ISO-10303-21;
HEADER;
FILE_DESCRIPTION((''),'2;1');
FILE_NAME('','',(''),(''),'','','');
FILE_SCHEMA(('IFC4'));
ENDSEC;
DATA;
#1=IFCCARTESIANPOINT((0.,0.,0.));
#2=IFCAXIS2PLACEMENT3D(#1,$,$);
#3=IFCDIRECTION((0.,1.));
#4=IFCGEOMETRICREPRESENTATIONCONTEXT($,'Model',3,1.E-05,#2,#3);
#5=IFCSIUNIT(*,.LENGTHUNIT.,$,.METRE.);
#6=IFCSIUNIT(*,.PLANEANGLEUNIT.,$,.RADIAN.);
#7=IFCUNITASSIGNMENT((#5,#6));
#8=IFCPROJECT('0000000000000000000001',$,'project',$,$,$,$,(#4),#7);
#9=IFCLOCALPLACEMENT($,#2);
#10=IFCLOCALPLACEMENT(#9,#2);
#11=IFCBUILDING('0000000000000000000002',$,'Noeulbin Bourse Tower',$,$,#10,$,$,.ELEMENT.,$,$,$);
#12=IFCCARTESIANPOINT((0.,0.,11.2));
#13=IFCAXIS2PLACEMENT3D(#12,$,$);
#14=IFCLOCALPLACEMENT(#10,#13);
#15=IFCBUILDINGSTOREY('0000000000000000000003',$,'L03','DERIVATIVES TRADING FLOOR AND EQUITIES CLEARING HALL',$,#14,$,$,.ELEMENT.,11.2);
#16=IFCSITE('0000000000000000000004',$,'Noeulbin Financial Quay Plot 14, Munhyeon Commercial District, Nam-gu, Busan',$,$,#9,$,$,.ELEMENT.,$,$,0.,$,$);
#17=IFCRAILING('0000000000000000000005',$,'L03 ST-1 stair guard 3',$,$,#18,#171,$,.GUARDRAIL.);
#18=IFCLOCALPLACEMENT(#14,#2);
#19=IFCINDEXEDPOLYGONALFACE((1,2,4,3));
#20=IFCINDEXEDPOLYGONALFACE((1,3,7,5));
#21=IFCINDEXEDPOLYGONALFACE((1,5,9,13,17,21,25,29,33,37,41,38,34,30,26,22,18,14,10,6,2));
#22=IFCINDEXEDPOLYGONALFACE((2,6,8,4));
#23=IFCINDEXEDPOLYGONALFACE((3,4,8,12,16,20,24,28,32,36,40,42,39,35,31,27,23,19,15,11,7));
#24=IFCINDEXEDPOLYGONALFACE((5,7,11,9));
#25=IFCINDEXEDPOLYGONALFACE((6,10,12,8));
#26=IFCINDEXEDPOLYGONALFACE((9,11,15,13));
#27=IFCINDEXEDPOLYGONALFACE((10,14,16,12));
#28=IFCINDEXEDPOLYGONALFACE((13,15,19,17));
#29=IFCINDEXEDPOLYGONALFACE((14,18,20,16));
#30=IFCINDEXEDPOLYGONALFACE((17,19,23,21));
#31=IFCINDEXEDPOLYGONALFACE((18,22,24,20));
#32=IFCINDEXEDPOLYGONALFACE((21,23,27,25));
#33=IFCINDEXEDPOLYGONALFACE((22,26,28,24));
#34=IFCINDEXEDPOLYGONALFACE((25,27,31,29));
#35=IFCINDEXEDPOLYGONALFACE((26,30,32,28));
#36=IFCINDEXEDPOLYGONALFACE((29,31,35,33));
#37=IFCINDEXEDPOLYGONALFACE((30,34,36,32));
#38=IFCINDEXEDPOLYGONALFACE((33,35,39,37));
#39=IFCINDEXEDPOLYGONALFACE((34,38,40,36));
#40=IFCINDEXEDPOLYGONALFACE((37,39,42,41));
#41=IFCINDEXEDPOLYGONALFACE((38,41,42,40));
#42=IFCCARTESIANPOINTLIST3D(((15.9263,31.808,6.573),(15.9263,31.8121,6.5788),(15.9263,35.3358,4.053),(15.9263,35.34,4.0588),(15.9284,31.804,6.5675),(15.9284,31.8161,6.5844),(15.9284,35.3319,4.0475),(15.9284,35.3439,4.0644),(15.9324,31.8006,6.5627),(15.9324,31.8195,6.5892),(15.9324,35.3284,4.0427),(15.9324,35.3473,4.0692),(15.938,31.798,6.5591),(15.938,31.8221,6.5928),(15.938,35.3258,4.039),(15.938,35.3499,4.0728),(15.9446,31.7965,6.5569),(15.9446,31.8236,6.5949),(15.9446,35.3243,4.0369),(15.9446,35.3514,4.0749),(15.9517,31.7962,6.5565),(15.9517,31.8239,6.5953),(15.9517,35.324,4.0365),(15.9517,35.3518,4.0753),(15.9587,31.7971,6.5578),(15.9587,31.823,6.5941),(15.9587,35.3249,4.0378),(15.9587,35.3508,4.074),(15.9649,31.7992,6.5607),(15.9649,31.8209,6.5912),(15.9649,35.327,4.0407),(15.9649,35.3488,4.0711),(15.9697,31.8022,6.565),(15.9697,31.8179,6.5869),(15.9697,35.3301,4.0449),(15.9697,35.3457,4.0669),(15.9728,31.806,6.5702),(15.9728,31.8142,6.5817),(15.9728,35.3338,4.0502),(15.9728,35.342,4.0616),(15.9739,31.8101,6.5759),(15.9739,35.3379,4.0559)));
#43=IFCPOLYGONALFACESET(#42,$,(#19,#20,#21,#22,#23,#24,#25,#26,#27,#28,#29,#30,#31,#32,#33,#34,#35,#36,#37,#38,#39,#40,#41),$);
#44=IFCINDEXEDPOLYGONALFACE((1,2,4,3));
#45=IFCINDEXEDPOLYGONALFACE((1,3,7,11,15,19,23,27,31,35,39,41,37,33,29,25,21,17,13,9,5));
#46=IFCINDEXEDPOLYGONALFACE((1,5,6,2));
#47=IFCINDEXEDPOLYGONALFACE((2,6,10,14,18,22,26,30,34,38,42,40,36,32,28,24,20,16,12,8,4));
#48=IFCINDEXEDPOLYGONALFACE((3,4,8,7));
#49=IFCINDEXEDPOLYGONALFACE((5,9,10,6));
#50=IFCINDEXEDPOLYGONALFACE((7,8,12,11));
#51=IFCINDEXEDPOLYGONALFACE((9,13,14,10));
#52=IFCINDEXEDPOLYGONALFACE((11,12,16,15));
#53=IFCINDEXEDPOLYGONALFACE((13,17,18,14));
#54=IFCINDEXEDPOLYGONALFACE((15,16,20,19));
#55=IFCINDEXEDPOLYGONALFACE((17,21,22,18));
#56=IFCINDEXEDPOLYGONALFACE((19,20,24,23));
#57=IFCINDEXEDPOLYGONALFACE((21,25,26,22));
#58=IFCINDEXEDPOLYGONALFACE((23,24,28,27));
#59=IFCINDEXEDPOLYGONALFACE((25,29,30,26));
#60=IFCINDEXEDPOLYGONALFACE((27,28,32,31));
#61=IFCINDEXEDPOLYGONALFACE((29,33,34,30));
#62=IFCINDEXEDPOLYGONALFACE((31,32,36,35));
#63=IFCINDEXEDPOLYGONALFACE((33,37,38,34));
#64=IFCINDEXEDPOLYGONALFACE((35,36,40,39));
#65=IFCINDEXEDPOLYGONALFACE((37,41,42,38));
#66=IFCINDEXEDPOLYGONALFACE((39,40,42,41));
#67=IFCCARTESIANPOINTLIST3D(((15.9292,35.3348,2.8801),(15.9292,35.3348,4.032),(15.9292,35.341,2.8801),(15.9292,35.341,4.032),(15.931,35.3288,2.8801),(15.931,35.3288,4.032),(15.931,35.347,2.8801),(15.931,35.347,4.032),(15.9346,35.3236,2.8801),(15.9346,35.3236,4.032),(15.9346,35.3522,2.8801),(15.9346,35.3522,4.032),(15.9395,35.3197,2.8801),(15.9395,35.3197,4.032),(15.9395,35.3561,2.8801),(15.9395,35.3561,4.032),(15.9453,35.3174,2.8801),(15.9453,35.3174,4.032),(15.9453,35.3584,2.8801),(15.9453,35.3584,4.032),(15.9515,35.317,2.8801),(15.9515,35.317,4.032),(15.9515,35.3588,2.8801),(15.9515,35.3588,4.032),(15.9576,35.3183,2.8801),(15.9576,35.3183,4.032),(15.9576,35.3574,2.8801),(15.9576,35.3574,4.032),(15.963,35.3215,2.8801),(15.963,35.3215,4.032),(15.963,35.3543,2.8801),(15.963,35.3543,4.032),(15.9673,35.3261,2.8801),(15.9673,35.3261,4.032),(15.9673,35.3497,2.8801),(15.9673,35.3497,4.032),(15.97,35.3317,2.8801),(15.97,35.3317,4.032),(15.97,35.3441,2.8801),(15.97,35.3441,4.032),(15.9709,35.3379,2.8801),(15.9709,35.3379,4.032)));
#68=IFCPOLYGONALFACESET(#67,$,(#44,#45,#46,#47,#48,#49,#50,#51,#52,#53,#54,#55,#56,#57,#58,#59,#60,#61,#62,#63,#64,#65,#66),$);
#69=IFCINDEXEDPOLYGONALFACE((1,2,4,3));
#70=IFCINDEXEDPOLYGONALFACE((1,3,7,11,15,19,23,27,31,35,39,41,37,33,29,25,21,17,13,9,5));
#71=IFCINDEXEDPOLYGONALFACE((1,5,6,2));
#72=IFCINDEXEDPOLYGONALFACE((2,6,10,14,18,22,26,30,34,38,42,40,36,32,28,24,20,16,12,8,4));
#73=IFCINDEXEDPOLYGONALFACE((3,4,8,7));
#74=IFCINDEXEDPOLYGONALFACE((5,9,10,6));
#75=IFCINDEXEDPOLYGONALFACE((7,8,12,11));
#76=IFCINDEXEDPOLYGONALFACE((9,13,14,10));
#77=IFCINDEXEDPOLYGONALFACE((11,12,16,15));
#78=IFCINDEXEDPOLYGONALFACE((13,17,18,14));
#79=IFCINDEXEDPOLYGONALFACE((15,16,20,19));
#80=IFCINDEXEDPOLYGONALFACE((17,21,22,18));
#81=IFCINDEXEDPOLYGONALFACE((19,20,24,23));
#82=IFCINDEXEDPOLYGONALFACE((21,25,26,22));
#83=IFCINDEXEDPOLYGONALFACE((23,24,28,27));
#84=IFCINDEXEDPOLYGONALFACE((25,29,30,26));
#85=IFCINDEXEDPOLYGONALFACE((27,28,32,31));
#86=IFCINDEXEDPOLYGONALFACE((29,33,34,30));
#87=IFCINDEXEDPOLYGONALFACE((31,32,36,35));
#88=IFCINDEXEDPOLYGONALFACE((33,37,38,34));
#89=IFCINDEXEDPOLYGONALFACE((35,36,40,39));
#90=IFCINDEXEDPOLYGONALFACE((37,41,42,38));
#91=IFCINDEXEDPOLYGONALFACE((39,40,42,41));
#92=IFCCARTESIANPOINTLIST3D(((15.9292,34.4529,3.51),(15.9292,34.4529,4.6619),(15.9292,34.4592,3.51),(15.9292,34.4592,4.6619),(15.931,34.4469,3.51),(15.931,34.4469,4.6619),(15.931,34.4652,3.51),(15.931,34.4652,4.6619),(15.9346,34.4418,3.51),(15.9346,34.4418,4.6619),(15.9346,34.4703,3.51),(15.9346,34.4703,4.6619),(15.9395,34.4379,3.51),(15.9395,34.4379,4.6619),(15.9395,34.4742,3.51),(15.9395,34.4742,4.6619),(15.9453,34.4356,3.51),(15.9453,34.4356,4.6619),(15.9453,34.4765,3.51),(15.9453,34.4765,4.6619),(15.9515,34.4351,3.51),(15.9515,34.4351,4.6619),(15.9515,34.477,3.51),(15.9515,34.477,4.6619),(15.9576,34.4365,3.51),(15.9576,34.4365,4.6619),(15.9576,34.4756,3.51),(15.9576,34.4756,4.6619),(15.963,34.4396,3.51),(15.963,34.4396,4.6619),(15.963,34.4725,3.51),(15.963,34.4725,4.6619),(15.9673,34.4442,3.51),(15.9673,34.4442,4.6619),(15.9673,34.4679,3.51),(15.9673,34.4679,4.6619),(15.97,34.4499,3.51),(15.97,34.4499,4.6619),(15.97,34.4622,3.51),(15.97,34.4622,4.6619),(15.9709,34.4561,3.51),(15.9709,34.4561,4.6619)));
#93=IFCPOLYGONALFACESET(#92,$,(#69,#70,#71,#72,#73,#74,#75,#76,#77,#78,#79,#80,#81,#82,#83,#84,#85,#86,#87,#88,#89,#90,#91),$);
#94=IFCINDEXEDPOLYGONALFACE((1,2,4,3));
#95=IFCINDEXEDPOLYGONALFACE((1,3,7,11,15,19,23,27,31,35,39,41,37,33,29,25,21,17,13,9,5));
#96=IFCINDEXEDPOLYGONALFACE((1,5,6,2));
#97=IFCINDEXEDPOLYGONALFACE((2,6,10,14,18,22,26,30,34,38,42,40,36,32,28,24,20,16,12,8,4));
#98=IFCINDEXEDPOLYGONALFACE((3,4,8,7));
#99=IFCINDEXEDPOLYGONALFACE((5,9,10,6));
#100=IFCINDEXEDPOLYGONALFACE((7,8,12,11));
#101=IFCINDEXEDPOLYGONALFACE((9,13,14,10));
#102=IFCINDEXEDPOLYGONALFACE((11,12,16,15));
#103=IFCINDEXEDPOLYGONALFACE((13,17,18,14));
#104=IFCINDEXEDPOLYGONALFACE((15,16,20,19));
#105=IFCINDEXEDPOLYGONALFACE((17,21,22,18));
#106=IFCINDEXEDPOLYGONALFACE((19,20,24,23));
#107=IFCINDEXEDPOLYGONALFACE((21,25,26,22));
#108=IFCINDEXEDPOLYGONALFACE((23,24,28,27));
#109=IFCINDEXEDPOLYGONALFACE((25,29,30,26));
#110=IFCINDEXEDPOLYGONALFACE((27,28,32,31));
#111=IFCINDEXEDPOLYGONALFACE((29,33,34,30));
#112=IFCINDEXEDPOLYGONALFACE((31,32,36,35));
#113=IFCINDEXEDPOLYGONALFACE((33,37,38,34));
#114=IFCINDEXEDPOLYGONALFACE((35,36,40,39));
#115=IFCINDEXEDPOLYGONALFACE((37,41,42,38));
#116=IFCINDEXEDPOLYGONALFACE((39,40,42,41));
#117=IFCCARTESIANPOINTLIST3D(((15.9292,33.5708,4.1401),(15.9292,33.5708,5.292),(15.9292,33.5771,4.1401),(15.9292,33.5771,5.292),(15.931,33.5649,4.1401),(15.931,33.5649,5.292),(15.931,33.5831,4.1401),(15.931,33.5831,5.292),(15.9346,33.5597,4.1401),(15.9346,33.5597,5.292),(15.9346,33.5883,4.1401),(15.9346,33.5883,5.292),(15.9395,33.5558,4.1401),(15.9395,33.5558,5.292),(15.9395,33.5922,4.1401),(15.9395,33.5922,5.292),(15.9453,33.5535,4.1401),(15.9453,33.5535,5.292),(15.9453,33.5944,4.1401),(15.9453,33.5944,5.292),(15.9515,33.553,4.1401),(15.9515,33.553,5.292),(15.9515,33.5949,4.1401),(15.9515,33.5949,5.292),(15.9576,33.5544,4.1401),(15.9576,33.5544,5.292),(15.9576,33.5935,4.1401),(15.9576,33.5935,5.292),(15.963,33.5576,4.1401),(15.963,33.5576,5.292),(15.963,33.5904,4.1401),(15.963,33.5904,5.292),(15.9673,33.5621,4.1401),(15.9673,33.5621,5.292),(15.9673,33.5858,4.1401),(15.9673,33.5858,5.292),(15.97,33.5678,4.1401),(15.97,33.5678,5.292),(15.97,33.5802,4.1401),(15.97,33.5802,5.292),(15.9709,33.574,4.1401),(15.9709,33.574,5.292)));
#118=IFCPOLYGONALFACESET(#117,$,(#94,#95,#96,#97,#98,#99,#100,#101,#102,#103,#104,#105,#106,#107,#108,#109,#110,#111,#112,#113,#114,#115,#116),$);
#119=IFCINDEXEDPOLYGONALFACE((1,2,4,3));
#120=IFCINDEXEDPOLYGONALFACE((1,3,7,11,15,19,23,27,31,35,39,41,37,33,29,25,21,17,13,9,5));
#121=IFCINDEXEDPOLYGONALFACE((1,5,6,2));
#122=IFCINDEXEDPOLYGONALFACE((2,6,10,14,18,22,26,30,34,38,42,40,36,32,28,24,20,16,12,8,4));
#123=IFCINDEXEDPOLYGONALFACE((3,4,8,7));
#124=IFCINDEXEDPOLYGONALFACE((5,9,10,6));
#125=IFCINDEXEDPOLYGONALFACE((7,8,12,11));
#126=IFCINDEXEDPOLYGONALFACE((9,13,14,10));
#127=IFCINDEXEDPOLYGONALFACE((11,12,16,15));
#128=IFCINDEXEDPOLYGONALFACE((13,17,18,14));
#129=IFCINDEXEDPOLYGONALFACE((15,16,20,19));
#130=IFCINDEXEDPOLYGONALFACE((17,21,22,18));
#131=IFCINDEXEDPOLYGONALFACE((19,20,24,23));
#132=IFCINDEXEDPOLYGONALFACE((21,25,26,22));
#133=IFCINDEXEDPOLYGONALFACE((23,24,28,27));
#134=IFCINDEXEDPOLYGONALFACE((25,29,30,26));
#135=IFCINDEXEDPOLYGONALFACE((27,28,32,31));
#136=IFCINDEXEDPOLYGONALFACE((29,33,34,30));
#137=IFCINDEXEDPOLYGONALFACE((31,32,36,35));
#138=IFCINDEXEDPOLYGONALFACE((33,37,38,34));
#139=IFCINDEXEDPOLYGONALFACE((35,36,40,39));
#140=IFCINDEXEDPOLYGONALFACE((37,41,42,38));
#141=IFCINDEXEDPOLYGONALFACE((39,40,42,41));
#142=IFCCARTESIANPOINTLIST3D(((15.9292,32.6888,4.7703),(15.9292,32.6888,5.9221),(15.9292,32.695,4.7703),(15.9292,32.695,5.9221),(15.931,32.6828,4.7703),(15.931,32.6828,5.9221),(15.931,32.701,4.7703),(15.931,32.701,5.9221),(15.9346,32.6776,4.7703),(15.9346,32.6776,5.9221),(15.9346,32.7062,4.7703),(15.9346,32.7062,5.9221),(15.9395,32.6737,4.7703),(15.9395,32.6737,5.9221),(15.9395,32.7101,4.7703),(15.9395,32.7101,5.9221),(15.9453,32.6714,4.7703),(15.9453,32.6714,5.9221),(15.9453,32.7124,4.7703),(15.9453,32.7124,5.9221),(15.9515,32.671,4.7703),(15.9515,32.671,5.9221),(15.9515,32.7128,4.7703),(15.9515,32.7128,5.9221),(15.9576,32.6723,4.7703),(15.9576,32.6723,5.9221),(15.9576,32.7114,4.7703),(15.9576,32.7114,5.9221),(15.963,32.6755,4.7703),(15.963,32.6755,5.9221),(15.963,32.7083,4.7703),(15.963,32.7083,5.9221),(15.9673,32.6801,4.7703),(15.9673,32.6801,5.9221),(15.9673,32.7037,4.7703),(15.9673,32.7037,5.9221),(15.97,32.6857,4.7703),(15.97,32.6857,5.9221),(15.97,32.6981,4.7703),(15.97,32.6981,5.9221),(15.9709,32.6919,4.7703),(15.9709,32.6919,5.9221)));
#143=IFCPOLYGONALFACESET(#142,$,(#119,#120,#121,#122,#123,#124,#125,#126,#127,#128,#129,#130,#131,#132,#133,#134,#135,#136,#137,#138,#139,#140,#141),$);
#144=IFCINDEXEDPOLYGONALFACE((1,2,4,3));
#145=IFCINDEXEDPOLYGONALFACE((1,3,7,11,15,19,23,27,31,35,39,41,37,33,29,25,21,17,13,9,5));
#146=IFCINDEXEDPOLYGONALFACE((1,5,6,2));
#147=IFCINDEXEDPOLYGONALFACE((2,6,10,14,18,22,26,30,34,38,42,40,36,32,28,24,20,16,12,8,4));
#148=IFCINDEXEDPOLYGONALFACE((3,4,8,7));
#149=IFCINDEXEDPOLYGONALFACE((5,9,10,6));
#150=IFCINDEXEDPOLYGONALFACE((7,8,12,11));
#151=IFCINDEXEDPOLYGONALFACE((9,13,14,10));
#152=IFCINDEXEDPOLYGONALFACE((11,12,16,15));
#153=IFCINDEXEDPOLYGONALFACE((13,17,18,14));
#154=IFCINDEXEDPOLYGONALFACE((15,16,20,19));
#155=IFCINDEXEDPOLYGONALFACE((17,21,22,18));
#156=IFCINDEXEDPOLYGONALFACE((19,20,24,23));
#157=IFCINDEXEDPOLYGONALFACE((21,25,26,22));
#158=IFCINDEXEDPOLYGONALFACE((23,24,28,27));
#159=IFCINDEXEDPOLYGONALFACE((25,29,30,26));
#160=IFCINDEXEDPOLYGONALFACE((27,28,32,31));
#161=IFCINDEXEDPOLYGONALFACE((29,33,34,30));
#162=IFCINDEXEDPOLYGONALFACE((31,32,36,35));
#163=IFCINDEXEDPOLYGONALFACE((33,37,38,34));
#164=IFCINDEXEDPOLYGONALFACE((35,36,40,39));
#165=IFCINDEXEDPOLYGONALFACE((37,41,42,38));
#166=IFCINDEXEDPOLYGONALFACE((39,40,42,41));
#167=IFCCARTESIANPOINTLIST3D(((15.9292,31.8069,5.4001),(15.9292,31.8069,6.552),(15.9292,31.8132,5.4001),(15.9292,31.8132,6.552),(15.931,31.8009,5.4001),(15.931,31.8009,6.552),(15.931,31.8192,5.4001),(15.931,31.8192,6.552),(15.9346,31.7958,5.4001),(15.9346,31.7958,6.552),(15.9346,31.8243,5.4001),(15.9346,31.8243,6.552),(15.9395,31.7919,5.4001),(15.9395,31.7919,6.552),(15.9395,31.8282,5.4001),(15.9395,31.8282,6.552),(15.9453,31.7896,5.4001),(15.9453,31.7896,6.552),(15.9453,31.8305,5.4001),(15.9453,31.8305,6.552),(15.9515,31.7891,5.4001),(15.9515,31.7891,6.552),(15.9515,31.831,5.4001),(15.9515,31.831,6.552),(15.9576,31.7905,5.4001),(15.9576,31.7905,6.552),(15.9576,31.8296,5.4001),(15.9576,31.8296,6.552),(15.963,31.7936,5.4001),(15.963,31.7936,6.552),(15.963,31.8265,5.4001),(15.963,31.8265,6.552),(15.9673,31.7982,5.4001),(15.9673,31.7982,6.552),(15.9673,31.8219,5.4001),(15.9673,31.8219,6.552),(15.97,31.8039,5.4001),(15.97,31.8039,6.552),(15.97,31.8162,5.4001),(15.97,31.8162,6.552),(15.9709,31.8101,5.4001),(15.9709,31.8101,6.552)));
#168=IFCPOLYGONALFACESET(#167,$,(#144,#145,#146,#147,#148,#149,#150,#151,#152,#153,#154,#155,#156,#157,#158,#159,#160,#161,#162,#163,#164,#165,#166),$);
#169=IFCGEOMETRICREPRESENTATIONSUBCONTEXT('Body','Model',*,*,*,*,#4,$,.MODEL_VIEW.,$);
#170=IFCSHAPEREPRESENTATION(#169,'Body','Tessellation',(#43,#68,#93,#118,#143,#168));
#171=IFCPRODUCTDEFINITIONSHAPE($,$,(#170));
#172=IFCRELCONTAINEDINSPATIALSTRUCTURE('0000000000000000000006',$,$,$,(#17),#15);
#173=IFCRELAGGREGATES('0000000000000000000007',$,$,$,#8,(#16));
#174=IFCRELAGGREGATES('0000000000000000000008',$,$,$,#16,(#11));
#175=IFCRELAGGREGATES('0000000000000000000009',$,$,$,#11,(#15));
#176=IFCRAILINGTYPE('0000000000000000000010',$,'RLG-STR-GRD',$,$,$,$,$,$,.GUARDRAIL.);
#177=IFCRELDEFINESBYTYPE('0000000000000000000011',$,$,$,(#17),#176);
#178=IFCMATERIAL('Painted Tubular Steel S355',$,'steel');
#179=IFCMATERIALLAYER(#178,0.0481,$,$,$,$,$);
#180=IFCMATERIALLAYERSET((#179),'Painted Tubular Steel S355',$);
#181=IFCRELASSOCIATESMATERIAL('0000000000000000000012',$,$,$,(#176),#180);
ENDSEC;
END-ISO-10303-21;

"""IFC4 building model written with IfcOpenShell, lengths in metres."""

from ifc_helpers import new_model, si_unit, direction, frame, origin, origin_2d, place, context, subcontext, project, spatial, circle, extrude, material, layer, layer_set, type_object, element, save


model = new_model("IFC4")

# Units and contexts
model_context = context("Model", 3, precision=1e-05, world=origin(), true_north=direction((0.0, 1.0)))
body_context = subcontext(model_context, "Body", "Model", "MODEL_VIEW")
ifc_project = project(units=[si_unit("LENGTHUNIT", "METRE"), si_unit("PLANEANGLEUNIT", "RADIAN")], contexts=[model_context])

# Site, building, storey
site_placement = place(None, origin())
site = spatial("IfcSite", under=ifc_project, at=site_placement, Name="Noeulbin Financial Quay Plot 14, Munhyeon Commercial District, Nam-gu, Busan", CompositionType="ELEMENT", RefElevation=0.0)
building_placement = place(site_placement, origin())
building = spatial("IfcBuilding", under=site, at=building_placement, Name="Noeulbin Bourse Tower", CompositionType="ELEMENT")
storey_placement = place(building_placement, frame((0.0, 0.0, 11.2)))
storey = spatial("IfcBuildingStorey", under=building, at=storey_placement, Name="L03", Description="DERIVATIVES TRADING FLOOR AND EQUITIES CLEARING HALL", CompositionType="ELEMENT", Elevation=11.2)

# Railing
ifc_material_1 = material(Name="Painted Tubular Steel S355", Category="steel")
ifc_layer_1 = layer(ifc_material_1, 0.0481)
ifc_layer_set_1 = layer_set([ifc_layer_1], Name="Painted Tubular Steel S355")
railing_type_1 = type_object("IfcRailingType", Name="RLG-STR-GRD", PredefinedType="GUARDRAIL", material=ifc_layer_set_1)
railing_1_placement = place(storey_placement, frame((15.95, 35.3379, 2.8801)))
element("IfcRailing", 1, at=railing_1_placement, inside=storey, type_object=railing_type_1, Name="L03 ST-1 stair guard 3", PredefinedType="GUARDRAIL", context=body_context, shape_type="SweptSolid", body=[
    extrude(circle(Radius=0.0239, at=origin_2d()), frame((0.0, 0.0, 1.1758), z_axis=(0.0, -0.813718, 0.58126), x_axis=(1.0, 0.0, 0.0)), (0.0, 0.0, 1.0), 4.3354),
    extrude(circle(Radius=0.021, at=origin_2d()), origin(), (0.0, 0.0, 1.0), 1.1519),
    extrude(circle(Radius=0.021, at=origin_2d()), frame((0.0, -0.8818, 0.6299)), (0.0, 0.0, 1.0), 1.1519),
    extrude(circle(Radius=0.021, at=origin_2d()), frame((0.0, -1.7639, 1.26)), (0.0, 0.0, 1.0), 1.1519),
    extrude(circle(Radius=0.021, at=origin_2d()), frame((0.0, -2.646, 1.8901)), (0.0, 0.0, 1.0), 1.1519),
    extrude(circle(Radius=0.021, at=origin_2d()), frame((0.0, -3.5278, 2.52)), (0.0, 0.0, 1.0), 1.1519),
])

save(model, "model.ifc")
